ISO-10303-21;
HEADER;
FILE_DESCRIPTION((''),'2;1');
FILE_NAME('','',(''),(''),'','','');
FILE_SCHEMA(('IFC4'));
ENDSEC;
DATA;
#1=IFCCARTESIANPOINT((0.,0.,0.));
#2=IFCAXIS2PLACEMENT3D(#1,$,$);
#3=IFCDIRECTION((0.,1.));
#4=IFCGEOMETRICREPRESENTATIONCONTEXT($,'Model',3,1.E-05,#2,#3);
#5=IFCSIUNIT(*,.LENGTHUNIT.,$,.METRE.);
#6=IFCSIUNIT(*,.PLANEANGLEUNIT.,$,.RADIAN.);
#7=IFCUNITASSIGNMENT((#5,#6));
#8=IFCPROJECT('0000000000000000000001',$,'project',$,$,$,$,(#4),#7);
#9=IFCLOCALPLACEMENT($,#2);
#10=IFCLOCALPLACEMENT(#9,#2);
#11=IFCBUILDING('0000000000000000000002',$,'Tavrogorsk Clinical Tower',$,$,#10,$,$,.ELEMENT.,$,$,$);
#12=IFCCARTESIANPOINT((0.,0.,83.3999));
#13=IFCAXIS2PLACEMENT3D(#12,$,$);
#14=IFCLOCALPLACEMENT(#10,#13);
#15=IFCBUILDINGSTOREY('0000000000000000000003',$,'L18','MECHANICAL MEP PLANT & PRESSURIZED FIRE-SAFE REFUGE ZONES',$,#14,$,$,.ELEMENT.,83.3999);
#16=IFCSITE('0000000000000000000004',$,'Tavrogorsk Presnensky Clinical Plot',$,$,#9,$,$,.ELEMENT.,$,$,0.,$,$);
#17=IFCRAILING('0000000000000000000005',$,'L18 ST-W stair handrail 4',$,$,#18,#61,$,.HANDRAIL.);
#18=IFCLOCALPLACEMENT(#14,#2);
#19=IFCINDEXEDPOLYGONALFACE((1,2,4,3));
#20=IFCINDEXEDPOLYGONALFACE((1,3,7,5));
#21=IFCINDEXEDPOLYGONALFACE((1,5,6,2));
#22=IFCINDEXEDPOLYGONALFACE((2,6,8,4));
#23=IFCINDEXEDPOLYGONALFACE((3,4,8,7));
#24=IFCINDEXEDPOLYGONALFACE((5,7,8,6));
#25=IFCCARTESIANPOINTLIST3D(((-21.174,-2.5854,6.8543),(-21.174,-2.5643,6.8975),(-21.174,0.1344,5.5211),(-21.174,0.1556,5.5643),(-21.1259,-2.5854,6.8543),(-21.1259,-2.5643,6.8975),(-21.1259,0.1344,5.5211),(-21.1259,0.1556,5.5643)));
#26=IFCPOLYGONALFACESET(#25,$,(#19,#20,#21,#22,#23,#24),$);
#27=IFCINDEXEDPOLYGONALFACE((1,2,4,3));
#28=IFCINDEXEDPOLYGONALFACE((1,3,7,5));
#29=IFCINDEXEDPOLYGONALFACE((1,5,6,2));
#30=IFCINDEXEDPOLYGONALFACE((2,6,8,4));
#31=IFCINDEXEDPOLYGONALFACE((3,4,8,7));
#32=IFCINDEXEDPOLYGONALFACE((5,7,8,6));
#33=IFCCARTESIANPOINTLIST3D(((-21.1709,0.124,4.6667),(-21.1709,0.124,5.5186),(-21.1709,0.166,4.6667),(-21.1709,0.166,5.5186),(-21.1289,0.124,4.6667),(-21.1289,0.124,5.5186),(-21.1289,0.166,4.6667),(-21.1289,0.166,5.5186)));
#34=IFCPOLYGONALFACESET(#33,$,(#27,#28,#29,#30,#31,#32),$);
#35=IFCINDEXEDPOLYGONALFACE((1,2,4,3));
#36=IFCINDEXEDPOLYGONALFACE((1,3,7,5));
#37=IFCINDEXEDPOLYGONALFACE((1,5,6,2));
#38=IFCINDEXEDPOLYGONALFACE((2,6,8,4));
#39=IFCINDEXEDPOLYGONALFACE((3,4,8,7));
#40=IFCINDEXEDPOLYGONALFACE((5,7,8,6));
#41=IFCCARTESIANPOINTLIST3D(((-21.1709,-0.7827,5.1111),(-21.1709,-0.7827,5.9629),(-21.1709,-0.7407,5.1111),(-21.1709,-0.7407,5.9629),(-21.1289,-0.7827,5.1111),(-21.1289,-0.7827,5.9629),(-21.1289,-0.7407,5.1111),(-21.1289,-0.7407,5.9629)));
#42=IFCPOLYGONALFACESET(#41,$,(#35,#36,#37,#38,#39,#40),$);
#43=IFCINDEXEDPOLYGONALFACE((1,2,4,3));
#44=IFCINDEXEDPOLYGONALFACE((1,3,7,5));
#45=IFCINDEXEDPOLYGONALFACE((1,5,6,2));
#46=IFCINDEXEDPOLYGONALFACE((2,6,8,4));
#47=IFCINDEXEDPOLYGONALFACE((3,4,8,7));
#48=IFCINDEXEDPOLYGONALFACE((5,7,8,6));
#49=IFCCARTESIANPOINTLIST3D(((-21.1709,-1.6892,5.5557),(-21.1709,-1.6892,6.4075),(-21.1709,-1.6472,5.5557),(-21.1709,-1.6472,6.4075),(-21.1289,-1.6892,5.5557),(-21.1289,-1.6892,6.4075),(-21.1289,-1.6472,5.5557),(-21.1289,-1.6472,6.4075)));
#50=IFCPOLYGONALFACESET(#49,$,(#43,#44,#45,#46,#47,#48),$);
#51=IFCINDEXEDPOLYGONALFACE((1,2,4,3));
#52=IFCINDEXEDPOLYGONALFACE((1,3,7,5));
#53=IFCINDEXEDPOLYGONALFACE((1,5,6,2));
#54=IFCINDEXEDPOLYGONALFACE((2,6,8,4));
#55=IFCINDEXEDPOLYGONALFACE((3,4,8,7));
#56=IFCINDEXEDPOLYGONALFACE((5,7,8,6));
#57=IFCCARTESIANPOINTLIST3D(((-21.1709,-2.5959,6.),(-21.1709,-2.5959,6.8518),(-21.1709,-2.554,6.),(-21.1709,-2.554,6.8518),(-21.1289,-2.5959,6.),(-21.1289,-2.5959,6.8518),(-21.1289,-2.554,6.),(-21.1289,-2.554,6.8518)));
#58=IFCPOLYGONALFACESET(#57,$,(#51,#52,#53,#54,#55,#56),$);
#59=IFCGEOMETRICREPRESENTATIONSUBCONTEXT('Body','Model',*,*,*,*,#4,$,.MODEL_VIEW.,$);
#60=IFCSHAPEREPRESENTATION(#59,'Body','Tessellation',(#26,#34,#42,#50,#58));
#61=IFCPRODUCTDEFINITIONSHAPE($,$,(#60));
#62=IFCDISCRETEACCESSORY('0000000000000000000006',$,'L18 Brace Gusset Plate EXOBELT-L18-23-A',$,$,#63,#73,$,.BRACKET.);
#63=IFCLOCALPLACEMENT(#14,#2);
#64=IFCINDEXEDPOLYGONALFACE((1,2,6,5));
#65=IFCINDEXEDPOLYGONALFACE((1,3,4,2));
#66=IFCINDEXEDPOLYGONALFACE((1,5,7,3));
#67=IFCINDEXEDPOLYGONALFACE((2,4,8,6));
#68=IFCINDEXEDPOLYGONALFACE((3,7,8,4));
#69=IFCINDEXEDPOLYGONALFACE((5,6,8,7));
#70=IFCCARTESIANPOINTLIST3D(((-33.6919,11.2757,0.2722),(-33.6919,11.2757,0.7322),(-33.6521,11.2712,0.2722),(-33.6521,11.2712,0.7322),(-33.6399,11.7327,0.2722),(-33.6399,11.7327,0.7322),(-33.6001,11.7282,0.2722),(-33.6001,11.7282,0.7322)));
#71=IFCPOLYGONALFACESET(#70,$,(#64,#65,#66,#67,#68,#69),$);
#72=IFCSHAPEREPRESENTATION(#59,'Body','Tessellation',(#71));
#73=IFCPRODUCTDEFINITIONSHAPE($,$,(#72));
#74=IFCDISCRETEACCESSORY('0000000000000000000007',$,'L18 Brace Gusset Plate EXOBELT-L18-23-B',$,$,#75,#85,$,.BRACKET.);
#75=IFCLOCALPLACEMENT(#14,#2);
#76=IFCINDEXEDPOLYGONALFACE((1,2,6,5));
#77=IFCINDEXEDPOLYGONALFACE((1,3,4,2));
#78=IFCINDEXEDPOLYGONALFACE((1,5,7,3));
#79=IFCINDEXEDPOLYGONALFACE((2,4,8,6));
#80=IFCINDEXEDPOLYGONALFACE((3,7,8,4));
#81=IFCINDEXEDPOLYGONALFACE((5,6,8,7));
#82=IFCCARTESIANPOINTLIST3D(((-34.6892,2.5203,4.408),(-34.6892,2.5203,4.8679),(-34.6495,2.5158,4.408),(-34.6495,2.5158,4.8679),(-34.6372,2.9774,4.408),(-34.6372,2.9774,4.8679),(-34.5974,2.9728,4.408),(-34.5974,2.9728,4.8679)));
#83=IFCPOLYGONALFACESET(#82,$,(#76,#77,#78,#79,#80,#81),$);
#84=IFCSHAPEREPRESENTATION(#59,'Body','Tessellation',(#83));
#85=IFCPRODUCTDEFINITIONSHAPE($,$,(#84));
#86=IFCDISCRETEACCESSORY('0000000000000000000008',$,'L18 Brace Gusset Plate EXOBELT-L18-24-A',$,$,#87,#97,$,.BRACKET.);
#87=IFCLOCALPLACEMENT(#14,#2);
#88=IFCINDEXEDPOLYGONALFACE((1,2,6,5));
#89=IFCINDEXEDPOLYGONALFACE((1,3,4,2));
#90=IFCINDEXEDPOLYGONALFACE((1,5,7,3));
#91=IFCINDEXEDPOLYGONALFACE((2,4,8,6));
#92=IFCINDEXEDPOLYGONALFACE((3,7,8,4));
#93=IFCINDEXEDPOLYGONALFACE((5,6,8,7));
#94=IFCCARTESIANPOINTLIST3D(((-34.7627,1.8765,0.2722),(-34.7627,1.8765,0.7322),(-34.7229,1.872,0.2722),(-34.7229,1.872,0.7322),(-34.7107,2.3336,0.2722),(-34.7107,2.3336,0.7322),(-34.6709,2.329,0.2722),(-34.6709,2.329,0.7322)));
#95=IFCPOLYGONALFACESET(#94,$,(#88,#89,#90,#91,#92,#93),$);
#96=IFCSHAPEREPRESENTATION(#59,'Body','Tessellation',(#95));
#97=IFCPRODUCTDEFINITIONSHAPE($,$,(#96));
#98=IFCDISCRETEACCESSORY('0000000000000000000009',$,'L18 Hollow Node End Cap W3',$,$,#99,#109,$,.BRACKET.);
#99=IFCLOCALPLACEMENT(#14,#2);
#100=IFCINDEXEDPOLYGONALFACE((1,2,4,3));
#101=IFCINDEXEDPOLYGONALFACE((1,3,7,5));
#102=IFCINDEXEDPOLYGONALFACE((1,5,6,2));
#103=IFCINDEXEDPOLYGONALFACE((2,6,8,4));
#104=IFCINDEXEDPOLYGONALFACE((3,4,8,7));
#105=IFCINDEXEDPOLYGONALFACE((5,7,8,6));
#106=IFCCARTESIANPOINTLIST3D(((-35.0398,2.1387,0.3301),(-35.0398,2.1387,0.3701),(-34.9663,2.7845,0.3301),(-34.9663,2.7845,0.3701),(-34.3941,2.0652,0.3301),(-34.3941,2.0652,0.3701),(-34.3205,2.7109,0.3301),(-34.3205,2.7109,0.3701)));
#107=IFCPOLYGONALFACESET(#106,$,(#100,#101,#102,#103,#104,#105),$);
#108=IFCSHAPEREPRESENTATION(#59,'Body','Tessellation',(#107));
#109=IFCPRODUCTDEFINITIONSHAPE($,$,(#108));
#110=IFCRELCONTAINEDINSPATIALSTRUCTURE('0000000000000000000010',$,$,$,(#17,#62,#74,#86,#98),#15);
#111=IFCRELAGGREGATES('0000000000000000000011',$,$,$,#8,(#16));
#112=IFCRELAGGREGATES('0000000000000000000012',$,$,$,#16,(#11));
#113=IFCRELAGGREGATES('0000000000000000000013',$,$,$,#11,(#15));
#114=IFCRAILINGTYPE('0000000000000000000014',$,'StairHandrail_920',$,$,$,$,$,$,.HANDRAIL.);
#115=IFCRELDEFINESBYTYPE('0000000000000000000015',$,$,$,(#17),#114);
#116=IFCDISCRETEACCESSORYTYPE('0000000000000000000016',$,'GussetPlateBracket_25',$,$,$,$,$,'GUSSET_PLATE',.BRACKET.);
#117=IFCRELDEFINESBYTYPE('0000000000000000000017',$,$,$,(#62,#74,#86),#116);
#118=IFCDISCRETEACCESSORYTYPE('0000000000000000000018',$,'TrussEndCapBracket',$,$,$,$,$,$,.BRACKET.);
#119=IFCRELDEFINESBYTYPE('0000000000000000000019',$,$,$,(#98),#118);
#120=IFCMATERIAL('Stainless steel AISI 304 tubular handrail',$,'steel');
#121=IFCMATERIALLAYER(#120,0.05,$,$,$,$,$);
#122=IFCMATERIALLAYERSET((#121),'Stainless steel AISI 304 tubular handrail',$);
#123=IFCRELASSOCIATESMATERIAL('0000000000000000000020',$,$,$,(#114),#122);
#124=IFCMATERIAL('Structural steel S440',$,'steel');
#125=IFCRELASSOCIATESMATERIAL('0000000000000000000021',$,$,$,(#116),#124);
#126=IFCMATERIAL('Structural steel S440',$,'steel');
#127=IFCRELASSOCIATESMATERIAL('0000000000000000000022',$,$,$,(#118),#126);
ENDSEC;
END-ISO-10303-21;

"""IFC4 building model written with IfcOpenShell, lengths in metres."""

from ifc_helpers import new_model, si_unit, direction, frame, origin, origin_2d, place, context, subcontext, project, spatial, rectangle, extrude, material, layer, layer_set, type_object, element, save


model = new_model("IFC4")

# Units and contexts
model_context = context("Model", 3, precision=1e-05, world=origin(), true_north=direction((0.0, 1.0)))
body_context = subcontext(model_context, "Body", "Model", "MODEL_VIEW")
ifc_project = project(units=[si_unit("LENGTHUNIT", "METRE"), si_unit("PLANEANGLEUNIT", "RADIAN")], contexts=[model_context])

# Site, building, storey
site_placement = place(None, origin())
site = spatial("IfcSite", under=ifc_project, at=site_placement, Name="Tavrogorsk Presnensky Clinical Plot", CompositionType="ELEMENT", RefElevation=0.0)
building_placement = place(site_placement, origin())
building = spatial("IfcBuilding", under=site, at=building_placement, Name="Tavrogorsk Clinical Tower", CompositionType="ELEMENT")
storey_placement = place(building_placement, frame((0.0, 0.0, 83.3999)))
storey = spatial("IfcBuildingStorey", under=building, at=storey_placement, Name="L18", Description="MECHANICAL MEP PLANT & PRESSURIZED FIRE-SAFE REFUGE ZONES", CompositionType="ELEMENT", Elevation=83.3999)

# Railing
ifc_material_1 = material(Name="Stainless steel AISI 304 tubular handrail", Category="steel")
ifc_layer_1 = layer(ifc_material_1, 0.05)
ifc_layer_set_1 = layer_set([ifc_layer_1], Name="Stainless steel AISI 304 tubular handrail")
railing_type_1 = type_object("IfcRailingType", Name="StairHandrail_920", PredefinedType="HANDRAIL", material=ifc_layer_set_1)
for number, where, name in (
    (1, (-21.1499, 0.145, 4.6667), "L18 ST-W stair handrail 4"),
):
    element("IfcRailing", number, at=place(storey_placement, frame(where)), inside=storey, type_object=railing_type_1, Name=name, PredefinedType="HANDRAIL", context=body_context, shape_type="SweptSolid", body=[
        extrude(rectangle(XDim=0.0481, YDim=0.0481, at=origin_2d()), frame((0.0, 0.0, 0.876), z_axis=(0.0, -0.897929, 0.440139), x_axis=(1.0, 0.0, 0.0)), (0.0, 0.0, 1.0), 3.0291),
        extrude(rectangle(XDim=0.042, YDim=0.042, at=origin_2d()), origin(), (0.0, 0.0, 1.0), 0.8518),
        extrude(rectangle(XDim=0.042, YDim=0.042, at=origin_2d()), frame((0.0, -0.9067, 0.4443)), (0.0, 0.0, 1.0), 0.8518),
        extrude(rectangle(XDim=0.042, YDim=0.042, at=origin_2d()), frame((0.0, -1.8132, 0.8889)), (0.0, 0.0, 1.0), 0.8518),
        extrude(rectangle(XDim=0.042, YDim=0.042, at=origin_2d()), frame((0.0, -2.72, 1.3333)), (0.0, 0.0, 1.0), 0.8518),
    ])

# Discrete accessories
ifc_material_2 = material(Name="Structural steel S440", Category="steel")
discrete_accessory_type_1 = type_object("IfcDiscreteAccessoryType", Name="GussetPlateBracket_25", ElementType="GUSSET_PLATE", PredefinedType="BRACKET", material=ifc_material_2)
for number, where, z_axis, x_axis, name in (
    (2, (-33.646, 11.502, 0.2722), (0.0, 0.0, 1.0), (-0.113203, -0.993572, 0.0), "L18 Brace Gusset Plate EXOBELT-L18-23-A"),
    (3, (-34.6433, 2.7466, 4.408), (0.0, 0.0, 1.0), (-0.113203, -0.993572, 0.0), "L18 Brace Gusset Plate EXOBELT-L18-23-B"),
    (4, (-34.7168, 2.1028, 0.2722), (0.0, 0.0, 1.0), (-0.113203, -0.993572, 0.0), "L18 Brace Gusset Plate EXOBELT-L18-24-A"),
):
    element("IfcDiscreteAccessory", number, at=place(storey_placement, frame(where, z_axis=z_axis, x_axis=x_axis)), inside=storey, type_object=discrete_accessory_type_1, Name=name, PredefinedType="BRACKET", context=body_context, shape_type="SweptSolid", body=[
        extrude(rectangle(XDim=0.46, YDim=0.04, at=origin_2d()), origin(), (0.0, 0.0, 1.0), 0.46),
    ])
ifc_material_3 = material(Name="Structural steel S440", Category="steel")
discrete_accessory_type_2 = type_object("IfcDiscreteAccessoryType", Name="TrussEndCapBracket", PredefinedType="BRACKET", material=ifc_material_3)
discrete_accessory_placement = place(storey_placement, frame((-34.6802, 2.4248, 0.3301), z_axis=(0.0, 0.0, 1.0), x_axis=(0.993572, -0.113203, 0.0)))
element("IfcDiscreteAccessory", 5, at=discrete_accessory_placement, inside=storey, type_object=discrete_accessory_type_2, Name="L18 Hollow Node End Cap W3", PredefinedType="BRACKET", context=body_context, shape_type="SweptSolid", body=[
    extrude(rectangle(XDim=0.6499, YDim=0.6499, at=origin_2d()), origin(), (0.0, 0.0, 1.0), 0.04),
])

save(model, "model.ifc")
